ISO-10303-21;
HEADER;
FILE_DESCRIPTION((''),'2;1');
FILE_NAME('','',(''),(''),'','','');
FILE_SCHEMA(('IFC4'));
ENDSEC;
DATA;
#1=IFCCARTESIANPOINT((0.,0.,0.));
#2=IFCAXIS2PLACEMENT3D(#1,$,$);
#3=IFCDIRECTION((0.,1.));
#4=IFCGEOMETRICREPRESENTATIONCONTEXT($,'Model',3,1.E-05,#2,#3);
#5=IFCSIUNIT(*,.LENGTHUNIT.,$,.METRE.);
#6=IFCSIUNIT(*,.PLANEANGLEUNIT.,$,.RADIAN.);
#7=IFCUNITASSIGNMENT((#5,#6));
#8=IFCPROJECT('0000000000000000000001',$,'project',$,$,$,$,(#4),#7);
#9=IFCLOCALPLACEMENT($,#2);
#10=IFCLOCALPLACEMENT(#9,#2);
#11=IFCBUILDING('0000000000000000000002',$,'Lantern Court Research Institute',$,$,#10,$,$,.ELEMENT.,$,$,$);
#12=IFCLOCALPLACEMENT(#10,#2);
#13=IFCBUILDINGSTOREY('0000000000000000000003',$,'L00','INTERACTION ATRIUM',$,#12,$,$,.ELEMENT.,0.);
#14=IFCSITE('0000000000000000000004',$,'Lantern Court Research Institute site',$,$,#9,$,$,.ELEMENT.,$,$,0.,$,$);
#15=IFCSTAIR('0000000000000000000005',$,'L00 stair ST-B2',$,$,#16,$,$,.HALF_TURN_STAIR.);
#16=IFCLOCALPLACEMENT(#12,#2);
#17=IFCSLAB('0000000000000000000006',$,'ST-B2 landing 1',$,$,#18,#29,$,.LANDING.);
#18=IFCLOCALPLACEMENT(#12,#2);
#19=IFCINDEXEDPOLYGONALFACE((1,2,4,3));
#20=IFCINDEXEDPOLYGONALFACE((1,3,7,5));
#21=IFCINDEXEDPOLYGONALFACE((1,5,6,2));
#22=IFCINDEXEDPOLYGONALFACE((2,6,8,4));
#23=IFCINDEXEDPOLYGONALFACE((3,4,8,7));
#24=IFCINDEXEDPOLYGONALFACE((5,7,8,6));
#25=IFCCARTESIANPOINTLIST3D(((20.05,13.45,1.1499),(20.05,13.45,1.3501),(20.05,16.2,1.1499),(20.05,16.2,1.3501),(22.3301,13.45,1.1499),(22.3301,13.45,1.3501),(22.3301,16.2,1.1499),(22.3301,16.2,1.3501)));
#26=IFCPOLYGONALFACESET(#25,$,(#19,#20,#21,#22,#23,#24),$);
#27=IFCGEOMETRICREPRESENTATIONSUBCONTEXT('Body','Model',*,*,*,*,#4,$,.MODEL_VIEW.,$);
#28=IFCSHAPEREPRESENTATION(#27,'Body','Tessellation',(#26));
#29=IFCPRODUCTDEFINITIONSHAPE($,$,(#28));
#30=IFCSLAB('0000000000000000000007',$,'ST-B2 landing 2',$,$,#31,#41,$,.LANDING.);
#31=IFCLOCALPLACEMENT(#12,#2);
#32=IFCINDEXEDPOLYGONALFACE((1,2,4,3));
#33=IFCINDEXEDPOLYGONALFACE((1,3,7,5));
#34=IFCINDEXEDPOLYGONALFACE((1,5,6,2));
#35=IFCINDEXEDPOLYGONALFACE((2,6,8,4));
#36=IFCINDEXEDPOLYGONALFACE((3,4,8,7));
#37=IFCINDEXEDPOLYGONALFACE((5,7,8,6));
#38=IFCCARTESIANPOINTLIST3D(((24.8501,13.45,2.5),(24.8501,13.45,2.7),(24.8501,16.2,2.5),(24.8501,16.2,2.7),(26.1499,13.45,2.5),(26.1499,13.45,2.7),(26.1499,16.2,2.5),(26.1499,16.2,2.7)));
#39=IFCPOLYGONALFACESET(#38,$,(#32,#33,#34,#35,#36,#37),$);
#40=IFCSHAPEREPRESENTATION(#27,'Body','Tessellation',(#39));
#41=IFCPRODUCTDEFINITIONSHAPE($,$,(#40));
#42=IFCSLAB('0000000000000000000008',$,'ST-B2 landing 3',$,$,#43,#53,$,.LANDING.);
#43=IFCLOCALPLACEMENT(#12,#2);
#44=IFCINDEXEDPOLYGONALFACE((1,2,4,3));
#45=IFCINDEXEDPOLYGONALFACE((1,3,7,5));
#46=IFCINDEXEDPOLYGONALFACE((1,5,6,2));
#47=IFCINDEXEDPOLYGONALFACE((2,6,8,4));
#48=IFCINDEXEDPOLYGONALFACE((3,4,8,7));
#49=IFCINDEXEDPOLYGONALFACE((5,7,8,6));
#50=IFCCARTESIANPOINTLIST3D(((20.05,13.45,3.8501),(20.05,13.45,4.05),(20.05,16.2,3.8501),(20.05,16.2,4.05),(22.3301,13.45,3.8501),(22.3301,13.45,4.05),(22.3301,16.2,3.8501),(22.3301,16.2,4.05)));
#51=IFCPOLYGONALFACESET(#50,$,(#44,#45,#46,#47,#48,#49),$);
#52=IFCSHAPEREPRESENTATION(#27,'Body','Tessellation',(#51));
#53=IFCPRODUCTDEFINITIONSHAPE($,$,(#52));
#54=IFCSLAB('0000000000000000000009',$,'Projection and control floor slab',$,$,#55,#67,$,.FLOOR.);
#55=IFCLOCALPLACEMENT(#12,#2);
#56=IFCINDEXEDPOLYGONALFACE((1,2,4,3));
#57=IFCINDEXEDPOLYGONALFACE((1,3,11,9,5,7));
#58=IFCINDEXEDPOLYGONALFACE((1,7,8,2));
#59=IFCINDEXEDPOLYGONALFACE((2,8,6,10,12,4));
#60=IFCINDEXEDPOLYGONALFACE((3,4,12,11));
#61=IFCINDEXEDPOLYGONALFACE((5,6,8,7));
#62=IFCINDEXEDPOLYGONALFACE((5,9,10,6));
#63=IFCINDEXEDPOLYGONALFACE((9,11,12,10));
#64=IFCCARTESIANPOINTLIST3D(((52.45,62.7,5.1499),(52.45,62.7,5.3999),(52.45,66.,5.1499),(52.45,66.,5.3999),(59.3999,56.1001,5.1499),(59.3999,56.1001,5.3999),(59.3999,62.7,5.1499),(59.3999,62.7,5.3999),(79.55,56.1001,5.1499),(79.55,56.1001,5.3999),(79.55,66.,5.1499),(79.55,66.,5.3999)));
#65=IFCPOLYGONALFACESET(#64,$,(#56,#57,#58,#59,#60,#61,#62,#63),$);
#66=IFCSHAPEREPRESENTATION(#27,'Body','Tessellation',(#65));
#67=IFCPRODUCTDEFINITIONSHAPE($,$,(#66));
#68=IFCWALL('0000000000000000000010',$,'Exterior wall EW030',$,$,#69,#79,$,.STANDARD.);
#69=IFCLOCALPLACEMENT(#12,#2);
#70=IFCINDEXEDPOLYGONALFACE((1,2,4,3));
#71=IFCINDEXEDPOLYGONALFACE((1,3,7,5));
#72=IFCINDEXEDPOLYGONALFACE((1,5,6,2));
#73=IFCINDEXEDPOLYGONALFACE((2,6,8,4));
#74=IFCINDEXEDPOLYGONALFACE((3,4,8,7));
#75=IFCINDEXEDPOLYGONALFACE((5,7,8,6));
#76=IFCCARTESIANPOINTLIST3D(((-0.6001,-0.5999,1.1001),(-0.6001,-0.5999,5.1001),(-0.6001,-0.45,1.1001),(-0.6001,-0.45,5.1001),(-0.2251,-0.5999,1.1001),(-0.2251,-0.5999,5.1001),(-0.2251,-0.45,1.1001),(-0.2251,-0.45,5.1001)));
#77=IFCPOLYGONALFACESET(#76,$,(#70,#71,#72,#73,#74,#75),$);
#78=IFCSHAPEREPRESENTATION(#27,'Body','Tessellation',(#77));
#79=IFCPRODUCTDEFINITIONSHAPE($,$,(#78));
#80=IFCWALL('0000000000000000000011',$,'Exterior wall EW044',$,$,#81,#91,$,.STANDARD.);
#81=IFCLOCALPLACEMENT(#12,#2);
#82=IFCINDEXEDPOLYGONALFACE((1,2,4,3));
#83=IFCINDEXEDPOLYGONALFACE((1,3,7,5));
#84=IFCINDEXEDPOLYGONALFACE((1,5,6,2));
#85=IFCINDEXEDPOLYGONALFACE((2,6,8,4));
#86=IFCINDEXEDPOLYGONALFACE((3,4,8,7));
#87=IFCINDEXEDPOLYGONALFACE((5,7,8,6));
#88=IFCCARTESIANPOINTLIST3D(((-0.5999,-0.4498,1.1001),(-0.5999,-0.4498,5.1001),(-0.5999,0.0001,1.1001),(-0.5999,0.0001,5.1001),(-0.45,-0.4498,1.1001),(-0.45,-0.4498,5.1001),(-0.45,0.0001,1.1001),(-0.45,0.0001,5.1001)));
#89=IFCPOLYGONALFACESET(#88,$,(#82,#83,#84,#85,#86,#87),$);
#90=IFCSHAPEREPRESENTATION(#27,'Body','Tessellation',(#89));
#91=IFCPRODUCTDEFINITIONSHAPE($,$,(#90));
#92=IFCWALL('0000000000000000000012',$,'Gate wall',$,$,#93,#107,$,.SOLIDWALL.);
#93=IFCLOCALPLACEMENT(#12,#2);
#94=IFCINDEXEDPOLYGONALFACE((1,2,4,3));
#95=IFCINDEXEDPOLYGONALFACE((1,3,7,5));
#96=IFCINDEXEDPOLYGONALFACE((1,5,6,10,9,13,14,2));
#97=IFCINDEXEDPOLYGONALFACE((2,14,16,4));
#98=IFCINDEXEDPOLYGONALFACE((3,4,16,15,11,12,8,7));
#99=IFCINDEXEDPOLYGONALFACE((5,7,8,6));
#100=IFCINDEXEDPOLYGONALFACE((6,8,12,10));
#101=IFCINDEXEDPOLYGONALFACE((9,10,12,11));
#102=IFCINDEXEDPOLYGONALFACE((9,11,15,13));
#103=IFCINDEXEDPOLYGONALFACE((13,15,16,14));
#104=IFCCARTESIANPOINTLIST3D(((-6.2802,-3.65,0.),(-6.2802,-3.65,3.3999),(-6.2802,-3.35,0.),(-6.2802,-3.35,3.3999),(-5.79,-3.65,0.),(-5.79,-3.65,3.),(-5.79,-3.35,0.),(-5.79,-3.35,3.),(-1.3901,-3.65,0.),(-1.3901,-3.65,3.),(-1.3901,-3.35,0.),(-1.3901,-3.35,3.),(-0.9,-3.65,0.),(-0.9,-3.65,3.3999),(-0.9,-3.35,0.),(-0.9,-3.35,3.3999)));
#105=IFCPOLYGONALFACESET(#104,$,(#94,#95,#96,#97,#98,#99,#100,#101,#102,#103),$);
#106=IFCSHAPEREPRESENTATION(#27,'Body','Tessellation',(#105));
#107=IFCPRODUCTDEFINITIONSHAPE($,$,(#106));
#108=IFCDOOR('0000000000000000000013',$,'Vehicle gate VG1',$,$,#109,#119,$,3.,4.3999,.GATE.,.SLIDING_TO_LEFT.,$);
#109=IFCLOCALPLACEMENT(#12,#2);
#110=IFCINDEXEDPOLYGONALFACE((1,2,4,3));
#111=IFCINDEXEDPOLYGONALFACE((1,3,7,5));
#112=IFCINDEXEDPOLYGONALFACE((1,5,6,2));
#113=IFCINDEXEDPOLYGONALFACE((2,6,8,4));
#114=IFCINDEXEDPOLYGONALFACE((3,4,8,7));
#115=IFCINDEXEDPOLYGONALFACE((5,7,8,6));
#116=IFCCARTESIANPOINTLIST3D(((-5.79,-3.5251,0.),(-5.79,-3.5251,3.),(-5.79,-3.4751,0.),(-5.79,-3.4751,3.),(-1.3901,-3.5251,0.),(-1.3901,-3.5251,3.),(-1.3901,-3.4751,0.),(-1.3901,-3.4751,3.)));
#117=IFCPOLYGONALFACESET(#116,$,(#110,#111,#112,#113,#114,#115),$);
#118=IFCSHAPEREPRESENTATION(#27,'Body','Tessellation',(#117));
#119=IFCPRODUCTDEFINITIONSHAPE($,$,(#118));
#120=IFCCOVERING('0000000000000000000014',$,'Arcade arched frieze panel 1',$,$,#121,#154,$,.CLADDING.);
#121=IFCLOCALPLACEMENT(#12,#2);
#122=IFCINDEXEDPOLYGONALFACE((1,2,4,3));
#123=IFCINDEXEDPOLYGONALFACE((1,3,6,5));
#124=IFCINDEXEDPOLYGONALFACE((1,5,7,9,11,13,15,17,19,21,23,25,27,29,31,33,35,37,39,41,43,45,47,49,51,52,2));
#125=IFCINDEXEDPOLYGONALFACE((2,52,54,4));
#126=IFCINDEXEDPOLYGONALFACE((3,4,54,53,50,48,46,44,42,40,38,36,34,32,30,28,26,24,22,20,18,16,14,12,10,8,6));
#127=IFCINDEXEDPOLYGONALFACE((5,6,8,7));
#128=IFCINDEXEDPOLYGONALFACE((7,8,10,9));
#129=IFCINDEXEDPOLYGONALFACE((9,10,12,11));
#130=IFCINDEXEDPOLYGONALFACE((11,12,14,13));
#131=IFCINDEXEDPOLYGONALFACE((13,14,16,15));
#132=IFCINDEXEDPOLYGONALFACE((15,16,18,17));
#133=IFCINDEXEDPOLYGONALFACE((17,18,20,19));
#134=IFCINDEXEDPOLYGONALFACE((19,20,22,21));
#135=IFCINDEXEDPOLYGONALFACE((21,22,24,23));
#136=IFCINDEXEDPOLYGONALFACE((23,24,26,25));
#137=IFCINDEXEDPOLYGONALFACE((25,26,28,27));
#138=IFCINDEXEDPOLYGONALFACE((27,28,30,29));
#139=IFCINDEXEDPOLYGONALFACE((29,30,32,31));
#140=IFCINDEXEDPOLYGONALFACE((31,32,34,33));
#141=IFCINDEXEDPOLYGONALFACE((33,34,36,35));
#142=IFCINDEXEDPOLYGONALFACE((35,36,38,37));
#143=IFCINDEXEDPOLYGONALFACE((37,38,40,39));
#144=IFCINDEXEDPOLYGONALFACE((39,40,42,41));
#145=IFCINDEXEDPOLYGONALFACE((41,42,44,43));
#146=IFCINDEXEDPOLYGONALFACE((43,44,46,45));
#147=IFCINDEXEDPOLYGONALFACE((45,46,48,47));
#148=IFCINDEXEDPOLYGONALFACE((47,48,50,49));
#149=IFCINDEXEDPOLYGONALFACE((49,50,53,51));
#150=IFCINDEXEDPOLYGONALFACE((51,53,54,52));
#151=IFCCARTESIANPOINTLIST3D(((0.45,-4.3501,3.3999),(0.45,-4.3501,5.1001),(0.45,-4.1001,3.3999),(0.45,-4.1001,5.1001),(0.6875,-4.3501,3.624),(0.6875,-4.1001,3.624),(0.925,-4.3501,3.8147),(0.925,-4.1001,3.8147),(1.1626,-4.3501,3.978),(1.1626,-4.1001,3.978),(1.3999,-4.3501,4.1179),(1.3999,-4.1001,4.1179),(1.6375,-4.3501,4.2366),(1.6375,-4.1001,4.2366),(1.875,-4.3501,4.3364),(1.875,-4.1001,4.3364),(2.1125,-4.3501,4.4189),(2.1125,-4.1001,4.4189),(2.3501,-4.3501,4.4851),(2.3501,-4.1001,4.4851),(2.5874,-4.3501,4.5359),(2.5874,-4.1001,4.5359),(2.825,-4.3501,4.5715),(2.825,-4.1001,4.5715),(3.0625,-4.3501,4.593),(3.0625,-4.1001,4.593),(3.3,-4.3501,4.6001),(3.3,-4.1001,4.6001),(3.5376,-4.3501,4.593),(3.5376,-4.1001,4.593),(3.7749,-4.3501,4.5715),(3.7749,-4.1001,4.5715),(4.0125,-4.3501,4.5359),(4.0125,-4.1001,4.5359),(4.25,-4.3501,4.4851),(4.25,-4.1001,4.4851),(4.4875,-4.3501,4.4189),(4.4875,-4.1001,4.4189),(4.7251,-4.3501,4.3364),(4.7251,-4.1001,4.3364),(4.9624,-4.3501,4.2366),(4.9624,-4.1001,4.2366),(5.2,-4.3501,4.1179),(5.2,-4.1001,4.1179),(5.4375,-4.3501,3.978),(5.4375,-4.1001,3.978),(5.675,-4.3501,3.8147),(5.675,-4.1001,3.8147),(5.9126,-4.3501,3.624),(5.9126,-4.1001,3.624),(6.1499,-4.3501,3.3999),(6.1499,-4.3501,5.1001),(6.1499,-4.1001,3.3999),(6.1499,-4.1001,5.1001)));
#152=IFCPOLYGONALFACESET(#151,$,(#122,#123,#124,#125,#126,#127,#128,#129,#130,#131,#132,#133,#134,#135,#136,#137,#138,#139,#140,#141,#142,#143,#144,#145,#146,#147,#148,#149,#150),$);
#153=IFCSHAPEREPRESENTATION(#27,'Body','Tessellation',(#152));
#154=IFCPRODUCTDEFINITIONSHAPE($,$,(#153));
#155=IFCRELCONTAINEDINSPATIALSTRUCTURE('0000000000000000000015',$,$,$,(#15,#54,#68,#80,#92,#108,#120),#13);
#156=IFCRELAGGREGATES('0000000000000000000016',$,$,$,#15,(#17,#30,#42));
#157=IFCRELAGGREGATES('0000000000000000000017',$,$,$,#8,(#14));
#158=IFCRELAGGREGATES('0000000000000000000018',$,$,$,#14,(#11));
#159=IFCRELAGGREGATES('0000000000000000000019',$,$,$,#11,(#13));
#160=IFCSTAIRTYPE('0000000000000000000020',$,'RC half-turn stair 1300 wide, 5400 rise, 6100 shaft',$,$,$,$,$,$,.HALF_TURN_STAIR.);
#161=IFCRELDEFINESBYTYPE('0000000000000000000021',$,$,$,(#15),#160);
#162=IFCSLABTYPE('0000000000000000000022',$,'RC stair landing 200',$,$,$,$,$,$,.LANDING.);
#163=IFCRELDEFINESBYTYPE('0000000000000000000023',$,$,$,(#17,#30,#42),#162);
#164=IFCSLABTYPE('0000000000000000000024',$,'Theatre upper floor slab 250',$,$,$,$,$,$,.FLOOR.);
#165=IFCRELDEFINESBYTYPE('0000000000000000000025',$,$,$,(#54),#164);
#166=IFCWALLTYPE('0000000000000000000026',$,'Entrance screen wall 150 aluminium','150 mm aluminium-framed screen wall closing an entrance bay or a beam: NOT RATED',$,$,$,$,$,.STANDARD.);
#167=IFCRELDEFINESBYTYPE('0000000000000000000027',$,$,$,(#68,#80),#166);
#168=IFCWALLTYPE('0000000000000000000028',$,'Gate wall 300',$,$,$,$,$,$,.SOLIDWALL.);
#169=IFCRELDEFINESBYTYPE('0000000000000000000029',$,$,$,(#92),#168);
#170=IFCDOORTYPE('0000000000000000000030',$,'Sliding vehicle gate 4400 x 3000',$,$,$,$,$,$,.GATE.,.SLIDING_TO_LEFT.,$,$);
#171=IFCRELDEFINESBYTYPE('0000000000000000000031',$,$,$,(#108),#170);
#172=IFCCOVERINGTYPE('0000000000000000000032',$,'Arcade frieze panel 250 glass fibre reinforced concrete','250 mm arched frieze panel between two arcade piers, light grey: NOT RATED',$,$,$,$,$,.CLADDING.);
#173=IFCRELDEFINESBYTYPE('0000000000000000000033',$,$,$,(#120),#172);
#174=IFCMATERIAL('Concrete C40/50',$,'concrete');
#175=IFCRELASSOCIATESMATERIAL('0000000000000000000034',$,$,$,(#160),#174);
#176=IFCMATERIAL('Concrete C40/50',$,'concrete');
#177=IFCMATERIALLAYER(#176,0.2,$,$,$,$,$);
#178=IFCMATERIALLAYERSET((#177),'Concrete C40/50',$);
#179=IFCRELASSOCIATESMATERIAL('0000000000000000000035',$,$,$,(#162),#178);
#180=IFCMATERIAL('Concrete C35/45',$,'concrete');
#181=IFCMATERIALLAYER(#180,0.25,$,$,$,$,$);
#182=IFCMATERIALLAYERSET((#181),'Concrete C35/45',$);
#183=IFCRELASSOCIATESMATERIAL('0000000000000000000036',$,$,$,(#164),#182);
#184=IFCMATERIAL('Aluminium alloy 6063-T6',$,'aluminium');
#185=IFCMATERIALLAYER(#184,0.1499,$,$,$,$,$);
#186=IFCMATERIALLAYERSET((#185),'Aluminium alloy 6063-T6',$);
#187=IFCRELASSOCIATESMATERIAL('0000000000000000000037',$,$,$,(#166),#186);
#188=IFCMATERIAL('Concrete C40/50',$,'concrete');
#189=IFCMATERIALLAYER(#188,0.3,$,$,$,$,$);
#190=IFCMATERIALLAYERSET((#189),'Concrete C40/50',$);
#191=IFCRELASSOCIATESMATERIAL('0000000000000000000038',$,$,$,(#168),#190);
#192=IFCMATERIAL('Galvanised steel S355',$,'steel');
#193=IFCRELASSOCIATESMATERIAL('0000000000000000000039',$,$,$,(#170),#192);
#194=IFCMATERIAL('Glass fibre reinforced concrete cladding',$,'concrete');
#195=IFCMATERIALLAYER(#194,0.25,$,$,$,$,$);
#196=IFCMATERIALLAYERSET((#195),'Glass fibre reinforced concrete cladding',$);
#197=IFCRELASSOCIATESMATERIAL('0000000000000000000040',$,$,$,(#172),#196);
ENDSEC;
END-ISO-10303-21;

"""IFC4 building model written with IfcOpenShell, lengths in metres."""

from ifc_helpers import new_model, si_unit, direction, frame, frame_2d, origin, place, context, subcontext, project, spatial, polyline, rectangle, outline, extrude, material, layer, layer_set, type_object, element, fill, aggregate, save


model = new_model("IFC4")

# Units and contexts
model_context = context("Model", 3, precision=1e-05, world=origin(), true_north=direction((0.0, 1.0)))
body_context = subcontext(model_context, "Body", "Model", "MODEL_VIEW")
ifc_project = project(units=[si_unit("LENGTHUNIT", "METRE"), si_unit("PLANEANGLEUNIT", "RADIAN")], contexts=[model_context])

# Site, building, storey
site_placement = place(None, origin())
site = spatial("IfcSite", under=ifc_project, at=site_placement, Name="Lantern Court Research Institute site", CompositionType="ELEMENT", RefElevation=0.0)
building_placement = place(site_placement, origin())
building = spatial("IfcBuilding", under=site, at=building_placement, Name="Lantern Court Research Institute", CompositionType="ELEMENT")
storey_placement = place(building_placement, origin())
storey = spatial("IfcBuildingStorey", under=building, at=storey_placement, Name="L00", Description="INTERACTION ATRIUM", CompositionType="ELEMENT", Elevation=0.0)

# Stair, slabs
ifc_material_1 = material(Name="Concrete C40/50", Category="concrete")
stair_type = type_object("IfcStairType", Name="RC half-turn stair 1300 wide, 5400 rise, 6100 shaft", PredefinedType="HALF_TURN_STAIR", material=ifc_material_1)
ifc_material_2 = material(Name="Concrete C40/50", Category="concrete")
ifc_layer_1 = layer(ifc_material_2, 0.2)
ifc_layer_set_1 = layer_set([ifc_layer_1], Name="Concrete C40/50")
slab_type_1 = type_object("IfcSlabType", Name="RC stair landing 200", PredefinedType="LANDING", material=ifc_layer_set_1)
stair_1_placement = place(storey_placement, origin())
stair_1 = element("IfcStair", 1, at=stair_1_placement, inside=storey, type_object=stair_type, Name="L00 stair ST-B2", PredefinedType="HALF_TURN_STAIR")
slab_1_placement = place(storey_placement, frame((0.0, 0.0, 1.1499)))
slab_1 = element("IfcSlab", 2, at=slab_1_placement, type_object=slab_type_1, Name="ST-B2 landing 1", PredefinedType="LANDING", context=body_context, shape_type="SweptSolid", body=[
    extrude(outline(polyline([(22.3301, 16.2), (20.05, 16.2), (20.05, 13.45), (22.3301, 13.45), (22.3301, 16.2)])), origin(), (0.0, 0.0, 1.0), 0.2002),
])
slab_2_placement = place(storey_placement, frame((0.0, 0.0, 2.5)))
slab_2 = element("IfcSlab", 3, at=slab_2_placement, type_object=slab_type_1, Name="ST-B2 landing 2", PredefinedType="LANDING", context=body_context, shape_type="SweptSolid", body=[
    extrude(outline(polyline([(26.1499, 16.2), (24.8501, 16.2), (24.8501, 13.45), (26.1499, 13.45), (26.1499, 16.2)])), origin(), (0.0, 0.0, 1.0), 0.2),
])
slab_3_placement = place(storey_placement, frame((0.0, 0.0, 3.8501)))
slab_3 = element("IfcSlab", 4, at=slab_3_placement, type_object=slab_type_1, Name="ST-B2 landing 3", PredefinedType="LANDING", context=body_context, shape_type="SweptSolid", body=[
    extrude(outline(polyline([(22.3301, 16.2), (20.05, 16.2), (20.05, 13.45), (22.3301, 13.45), (22.3301, 16.2)])), origin(), (0.0, 0.0, 1.0), 0.2),
])
aggregate(stair_1, [slab_1, slab_2, slab_3])

# Slab
ifc_material_3 = material(Name="Concrete C35/45", Category="concrete")
ifc_layer_2 = layer(ifc_material_3, 0.25)
ifc_layer_set_2 = layer_set([ifc_layer_2], Name="Concrete C35/45")
slab_type_2 = type_object("IfcSlabType", Name="Theatre upper floor slab 250", PredefinedType="FLOOR", material=ifc_layer_set_2)
slab_4_placement = place(storey_placement, frame((0.0, 0.0, 5.1499)))
element("IfcSlab", 5, at=slab_4_placement, inside=storey, type_object=slab_type_2, Name="Projection and control floor slab", PredefinedType="FLOOR", context=body_context, shape_type="SweptSolid", body=[
    extrude(outline(polyline([(52.45, 66.0), (79.55, 66.0), (79.55, 56.1001), (59.3999, 56.1001), (59.3999, 62.7), (52.45, 62.7), (52.45, 66.0)])), origin(), (0.0, 0.0, 1.0), 0.25),
])

# Walls
ifc_material_4 = material(Name="Aluminium alloy 6063-T6", Category="aluminium")
ifc_layer_3 = layer(ifc_material_4, 0.1499)
ifc_layer_set_3 = layer_set([ifc_layer_3], Name="Aluminium alloy 6063-T6")
wall_type_1 = type_object("IfcWallType", Name="Entrance screen wall 150 aluminium", Description="150 mm aluminium-framed screen wall closing an entrance bay or a beam: NOT RATED", PredefinedType="STANDARD", material=ifc_layer_set_3)
wall_1_placement = place(storey_placement, frame((-0.2251, -0.5249, 1.1001), z_axis=(0.0, 0.0, 1.0), x_axis=(-1.0, 0.0, 0.0)))
element("IfcWall", 6, at=wall_1_placement, inside=storey, type_object=wall_type_1, Name="Exterior wall EW030", PredefinedType="STANDARD", context=body_context, shape_type="SweptSolid", body=[
    extrude(rectangle(XDim=0.375, YDim=0.1499, at=frame_2d((0.1875, 0.0))), origin(), (0.0, 0.0, 1.0), 4.0),
])
wall_2_placement = place(storey_placement, frame((-0.5249, -0.45, 1.1001), z_axis=(0.0, 0.0, 1.0), x_axis=(0.0, 1.0, 0.0)))
element("IfcWall", 7, at=wall_2_placement, inside=storey, type_object=wall_type_1, Name="Exterior wall EW044", PredefinedType="STANDARD", context=body_context, shape_type="SweptSolid", body=[
    extrude(rectangle(XDim=0.45, YDim=0.1499, at=frame_2d((0.2251, 0.0))), origin(), (0.0, 0.0, 1.0), 4.0),
])

# Wall, opening, door
ifc_material_5 = material(Name="Concrete C40/50", Category="concrete")
ifc_layer_4 = layer(ifc_material_5, 0.3)
ifc_layer_set_4 = layer_set([ifc_layer_4], Name="Concrete C40/50")
wall_type_2 = type_object("IfcWallType", Name="Gate wall 300", PredefinedType="SOLIDWALL", material=ifc_layer_set_4)
wall_3_placement = place(storey_placement, frame((-6.28, -3.5, 0.0), z_axis=(0.0, 0.0, 1.0), x_axis=(1.0, 0.0, 0.0)))
wall_3 = element("IfcWall", 8, at=wall_3_placement, inside=storey, type_object=wall_type_2, Name="Gate wall", PredefinedType="SOLIDWALL", context=body_context, shape_type="SweptSolid", body=[
    extrude(rectangle(XDim=5.3801, YDim=0.3, at=frame_2d((2.6899, 0.0))), origin(), (0.0, 0.0, 1.0), 3.3999),
])
opening_1_placement = place(wall_3_placement, frame((0.49, 0.0, 0.0)))
opening_1 = element("IfcOpeningElement", 9, at=opening_1_placement, cuts=wall_3, PredefinedType="OPENING", context=body_context, shape_type="SweptSolid", body=[
    extrude(rectangle(XDim=4.3999, YDim=3.0, at=frame_2d((2.2, 1.5))), frame((0.0, 0.1599, 0.0), z_axis=(0.0, -1.0, 0.0), x_axis=(1.0, 0.0, 0.0)), (0.0, 0.0, 1.0), 0.3201),
])
ifc_material_6 = material(Name="Galvanised steel S355", Category="steel")
door_type_1 = type_object("IfcDoorType", Name="Sliding vehicle gate 4400 x 3000", OperationType="SLIDING_TO_LEFT", PredefinedType="GATE", material=ifc_material_6)
door_1_placement = place(opening_1_placement, origin())
door_1 = element("IfcDoor", 10, at=door_1_placement, inside=storey, type_object=door_type_1, Name="Vehicle gate VG1", OperationType="SLIDING_TO_LEFT", OverallHeight=3.0, OverallWidth=4.3999, PredefinedType="GATE", context=body_context, shape_type="SweptSolid", body=[
    extrude(rectangle(XDim=4.3999, YDim=3.0, at=frame_2d((2.2, 1.5))), frame((0.0, 0.0249, 0.0), z_axis=(0.0, -1.0, 0.0), x_axis=(1.0, 0.0, 0.0)), (0.0, 0.0, 1.0), 0.05),
])
fill(opening_1, door_1)

# Covering
ifc_material_7 = material(Name="Glass fibre reinforced concrete cladding", Category="concrete")
ifc_layer_5 = layer(ifc_material_7, 0.25)
ifc_layer_set_5 = layer_set([ifc_layer_5], Name="Glass fibre reinforced concrete cladding")
covering_type = type_object("IfcCoveringType", Name="Arcade frieze panel 250 glass fibre reinforced concrete", Description="250 mm arched frieze panel between two arcade piers, light grey: NOT RATED", PredefinedType="CLADDING", material=ifc_layer_set_5)
covering_1_placement = place(storey_placement, frame((0.0, -4.1001, 0.0), z_axis=(0.0, -1.0, 0.0), x_axis=(1.0, 0.0, 0.0)))
element("IfcCovering", 11, at=covering_1_placement, inside=storey, type_object=covering_type, Name="Arcade arched frieze panel 1", PredefinedType="CLADDING", context=body_context, shape_type="SweptSolid", body=[
    extrude(outline(polyline([(0.45, 5.1001), (0.45, 3.3999), (0.6875, 3.624), (0.925, 3.8147), (1.1626, 3.978), (1.3999, 4.1179), (1.6375, 4.2366), (1.875, 4.3364), (2.1125, 4.4189), (2.3501, 4.4851), (2.5874, 4.5359), (2.825, 4.5715), (3.0625, 4.593), (3.3, 4.6001), (3.5376, 4.593), (3.7749, 4.5715), (4.0125, 4.5359), (4.25, 4.4851), (4.4875, 4.4189), (4.7251, 4.3364), (4.9624, 4.2366), (5.2, 4.1179), (5.4375, 3.978), (5.675, 3.8147), (5.9126, 3.624), (6.1499, 3.3999), (6.1499, 5.1001), (0.45, 5.1001)])), origin(), (0.0, 0.0, 1.0), 0.25),
])

save(model, "model.ifc")
